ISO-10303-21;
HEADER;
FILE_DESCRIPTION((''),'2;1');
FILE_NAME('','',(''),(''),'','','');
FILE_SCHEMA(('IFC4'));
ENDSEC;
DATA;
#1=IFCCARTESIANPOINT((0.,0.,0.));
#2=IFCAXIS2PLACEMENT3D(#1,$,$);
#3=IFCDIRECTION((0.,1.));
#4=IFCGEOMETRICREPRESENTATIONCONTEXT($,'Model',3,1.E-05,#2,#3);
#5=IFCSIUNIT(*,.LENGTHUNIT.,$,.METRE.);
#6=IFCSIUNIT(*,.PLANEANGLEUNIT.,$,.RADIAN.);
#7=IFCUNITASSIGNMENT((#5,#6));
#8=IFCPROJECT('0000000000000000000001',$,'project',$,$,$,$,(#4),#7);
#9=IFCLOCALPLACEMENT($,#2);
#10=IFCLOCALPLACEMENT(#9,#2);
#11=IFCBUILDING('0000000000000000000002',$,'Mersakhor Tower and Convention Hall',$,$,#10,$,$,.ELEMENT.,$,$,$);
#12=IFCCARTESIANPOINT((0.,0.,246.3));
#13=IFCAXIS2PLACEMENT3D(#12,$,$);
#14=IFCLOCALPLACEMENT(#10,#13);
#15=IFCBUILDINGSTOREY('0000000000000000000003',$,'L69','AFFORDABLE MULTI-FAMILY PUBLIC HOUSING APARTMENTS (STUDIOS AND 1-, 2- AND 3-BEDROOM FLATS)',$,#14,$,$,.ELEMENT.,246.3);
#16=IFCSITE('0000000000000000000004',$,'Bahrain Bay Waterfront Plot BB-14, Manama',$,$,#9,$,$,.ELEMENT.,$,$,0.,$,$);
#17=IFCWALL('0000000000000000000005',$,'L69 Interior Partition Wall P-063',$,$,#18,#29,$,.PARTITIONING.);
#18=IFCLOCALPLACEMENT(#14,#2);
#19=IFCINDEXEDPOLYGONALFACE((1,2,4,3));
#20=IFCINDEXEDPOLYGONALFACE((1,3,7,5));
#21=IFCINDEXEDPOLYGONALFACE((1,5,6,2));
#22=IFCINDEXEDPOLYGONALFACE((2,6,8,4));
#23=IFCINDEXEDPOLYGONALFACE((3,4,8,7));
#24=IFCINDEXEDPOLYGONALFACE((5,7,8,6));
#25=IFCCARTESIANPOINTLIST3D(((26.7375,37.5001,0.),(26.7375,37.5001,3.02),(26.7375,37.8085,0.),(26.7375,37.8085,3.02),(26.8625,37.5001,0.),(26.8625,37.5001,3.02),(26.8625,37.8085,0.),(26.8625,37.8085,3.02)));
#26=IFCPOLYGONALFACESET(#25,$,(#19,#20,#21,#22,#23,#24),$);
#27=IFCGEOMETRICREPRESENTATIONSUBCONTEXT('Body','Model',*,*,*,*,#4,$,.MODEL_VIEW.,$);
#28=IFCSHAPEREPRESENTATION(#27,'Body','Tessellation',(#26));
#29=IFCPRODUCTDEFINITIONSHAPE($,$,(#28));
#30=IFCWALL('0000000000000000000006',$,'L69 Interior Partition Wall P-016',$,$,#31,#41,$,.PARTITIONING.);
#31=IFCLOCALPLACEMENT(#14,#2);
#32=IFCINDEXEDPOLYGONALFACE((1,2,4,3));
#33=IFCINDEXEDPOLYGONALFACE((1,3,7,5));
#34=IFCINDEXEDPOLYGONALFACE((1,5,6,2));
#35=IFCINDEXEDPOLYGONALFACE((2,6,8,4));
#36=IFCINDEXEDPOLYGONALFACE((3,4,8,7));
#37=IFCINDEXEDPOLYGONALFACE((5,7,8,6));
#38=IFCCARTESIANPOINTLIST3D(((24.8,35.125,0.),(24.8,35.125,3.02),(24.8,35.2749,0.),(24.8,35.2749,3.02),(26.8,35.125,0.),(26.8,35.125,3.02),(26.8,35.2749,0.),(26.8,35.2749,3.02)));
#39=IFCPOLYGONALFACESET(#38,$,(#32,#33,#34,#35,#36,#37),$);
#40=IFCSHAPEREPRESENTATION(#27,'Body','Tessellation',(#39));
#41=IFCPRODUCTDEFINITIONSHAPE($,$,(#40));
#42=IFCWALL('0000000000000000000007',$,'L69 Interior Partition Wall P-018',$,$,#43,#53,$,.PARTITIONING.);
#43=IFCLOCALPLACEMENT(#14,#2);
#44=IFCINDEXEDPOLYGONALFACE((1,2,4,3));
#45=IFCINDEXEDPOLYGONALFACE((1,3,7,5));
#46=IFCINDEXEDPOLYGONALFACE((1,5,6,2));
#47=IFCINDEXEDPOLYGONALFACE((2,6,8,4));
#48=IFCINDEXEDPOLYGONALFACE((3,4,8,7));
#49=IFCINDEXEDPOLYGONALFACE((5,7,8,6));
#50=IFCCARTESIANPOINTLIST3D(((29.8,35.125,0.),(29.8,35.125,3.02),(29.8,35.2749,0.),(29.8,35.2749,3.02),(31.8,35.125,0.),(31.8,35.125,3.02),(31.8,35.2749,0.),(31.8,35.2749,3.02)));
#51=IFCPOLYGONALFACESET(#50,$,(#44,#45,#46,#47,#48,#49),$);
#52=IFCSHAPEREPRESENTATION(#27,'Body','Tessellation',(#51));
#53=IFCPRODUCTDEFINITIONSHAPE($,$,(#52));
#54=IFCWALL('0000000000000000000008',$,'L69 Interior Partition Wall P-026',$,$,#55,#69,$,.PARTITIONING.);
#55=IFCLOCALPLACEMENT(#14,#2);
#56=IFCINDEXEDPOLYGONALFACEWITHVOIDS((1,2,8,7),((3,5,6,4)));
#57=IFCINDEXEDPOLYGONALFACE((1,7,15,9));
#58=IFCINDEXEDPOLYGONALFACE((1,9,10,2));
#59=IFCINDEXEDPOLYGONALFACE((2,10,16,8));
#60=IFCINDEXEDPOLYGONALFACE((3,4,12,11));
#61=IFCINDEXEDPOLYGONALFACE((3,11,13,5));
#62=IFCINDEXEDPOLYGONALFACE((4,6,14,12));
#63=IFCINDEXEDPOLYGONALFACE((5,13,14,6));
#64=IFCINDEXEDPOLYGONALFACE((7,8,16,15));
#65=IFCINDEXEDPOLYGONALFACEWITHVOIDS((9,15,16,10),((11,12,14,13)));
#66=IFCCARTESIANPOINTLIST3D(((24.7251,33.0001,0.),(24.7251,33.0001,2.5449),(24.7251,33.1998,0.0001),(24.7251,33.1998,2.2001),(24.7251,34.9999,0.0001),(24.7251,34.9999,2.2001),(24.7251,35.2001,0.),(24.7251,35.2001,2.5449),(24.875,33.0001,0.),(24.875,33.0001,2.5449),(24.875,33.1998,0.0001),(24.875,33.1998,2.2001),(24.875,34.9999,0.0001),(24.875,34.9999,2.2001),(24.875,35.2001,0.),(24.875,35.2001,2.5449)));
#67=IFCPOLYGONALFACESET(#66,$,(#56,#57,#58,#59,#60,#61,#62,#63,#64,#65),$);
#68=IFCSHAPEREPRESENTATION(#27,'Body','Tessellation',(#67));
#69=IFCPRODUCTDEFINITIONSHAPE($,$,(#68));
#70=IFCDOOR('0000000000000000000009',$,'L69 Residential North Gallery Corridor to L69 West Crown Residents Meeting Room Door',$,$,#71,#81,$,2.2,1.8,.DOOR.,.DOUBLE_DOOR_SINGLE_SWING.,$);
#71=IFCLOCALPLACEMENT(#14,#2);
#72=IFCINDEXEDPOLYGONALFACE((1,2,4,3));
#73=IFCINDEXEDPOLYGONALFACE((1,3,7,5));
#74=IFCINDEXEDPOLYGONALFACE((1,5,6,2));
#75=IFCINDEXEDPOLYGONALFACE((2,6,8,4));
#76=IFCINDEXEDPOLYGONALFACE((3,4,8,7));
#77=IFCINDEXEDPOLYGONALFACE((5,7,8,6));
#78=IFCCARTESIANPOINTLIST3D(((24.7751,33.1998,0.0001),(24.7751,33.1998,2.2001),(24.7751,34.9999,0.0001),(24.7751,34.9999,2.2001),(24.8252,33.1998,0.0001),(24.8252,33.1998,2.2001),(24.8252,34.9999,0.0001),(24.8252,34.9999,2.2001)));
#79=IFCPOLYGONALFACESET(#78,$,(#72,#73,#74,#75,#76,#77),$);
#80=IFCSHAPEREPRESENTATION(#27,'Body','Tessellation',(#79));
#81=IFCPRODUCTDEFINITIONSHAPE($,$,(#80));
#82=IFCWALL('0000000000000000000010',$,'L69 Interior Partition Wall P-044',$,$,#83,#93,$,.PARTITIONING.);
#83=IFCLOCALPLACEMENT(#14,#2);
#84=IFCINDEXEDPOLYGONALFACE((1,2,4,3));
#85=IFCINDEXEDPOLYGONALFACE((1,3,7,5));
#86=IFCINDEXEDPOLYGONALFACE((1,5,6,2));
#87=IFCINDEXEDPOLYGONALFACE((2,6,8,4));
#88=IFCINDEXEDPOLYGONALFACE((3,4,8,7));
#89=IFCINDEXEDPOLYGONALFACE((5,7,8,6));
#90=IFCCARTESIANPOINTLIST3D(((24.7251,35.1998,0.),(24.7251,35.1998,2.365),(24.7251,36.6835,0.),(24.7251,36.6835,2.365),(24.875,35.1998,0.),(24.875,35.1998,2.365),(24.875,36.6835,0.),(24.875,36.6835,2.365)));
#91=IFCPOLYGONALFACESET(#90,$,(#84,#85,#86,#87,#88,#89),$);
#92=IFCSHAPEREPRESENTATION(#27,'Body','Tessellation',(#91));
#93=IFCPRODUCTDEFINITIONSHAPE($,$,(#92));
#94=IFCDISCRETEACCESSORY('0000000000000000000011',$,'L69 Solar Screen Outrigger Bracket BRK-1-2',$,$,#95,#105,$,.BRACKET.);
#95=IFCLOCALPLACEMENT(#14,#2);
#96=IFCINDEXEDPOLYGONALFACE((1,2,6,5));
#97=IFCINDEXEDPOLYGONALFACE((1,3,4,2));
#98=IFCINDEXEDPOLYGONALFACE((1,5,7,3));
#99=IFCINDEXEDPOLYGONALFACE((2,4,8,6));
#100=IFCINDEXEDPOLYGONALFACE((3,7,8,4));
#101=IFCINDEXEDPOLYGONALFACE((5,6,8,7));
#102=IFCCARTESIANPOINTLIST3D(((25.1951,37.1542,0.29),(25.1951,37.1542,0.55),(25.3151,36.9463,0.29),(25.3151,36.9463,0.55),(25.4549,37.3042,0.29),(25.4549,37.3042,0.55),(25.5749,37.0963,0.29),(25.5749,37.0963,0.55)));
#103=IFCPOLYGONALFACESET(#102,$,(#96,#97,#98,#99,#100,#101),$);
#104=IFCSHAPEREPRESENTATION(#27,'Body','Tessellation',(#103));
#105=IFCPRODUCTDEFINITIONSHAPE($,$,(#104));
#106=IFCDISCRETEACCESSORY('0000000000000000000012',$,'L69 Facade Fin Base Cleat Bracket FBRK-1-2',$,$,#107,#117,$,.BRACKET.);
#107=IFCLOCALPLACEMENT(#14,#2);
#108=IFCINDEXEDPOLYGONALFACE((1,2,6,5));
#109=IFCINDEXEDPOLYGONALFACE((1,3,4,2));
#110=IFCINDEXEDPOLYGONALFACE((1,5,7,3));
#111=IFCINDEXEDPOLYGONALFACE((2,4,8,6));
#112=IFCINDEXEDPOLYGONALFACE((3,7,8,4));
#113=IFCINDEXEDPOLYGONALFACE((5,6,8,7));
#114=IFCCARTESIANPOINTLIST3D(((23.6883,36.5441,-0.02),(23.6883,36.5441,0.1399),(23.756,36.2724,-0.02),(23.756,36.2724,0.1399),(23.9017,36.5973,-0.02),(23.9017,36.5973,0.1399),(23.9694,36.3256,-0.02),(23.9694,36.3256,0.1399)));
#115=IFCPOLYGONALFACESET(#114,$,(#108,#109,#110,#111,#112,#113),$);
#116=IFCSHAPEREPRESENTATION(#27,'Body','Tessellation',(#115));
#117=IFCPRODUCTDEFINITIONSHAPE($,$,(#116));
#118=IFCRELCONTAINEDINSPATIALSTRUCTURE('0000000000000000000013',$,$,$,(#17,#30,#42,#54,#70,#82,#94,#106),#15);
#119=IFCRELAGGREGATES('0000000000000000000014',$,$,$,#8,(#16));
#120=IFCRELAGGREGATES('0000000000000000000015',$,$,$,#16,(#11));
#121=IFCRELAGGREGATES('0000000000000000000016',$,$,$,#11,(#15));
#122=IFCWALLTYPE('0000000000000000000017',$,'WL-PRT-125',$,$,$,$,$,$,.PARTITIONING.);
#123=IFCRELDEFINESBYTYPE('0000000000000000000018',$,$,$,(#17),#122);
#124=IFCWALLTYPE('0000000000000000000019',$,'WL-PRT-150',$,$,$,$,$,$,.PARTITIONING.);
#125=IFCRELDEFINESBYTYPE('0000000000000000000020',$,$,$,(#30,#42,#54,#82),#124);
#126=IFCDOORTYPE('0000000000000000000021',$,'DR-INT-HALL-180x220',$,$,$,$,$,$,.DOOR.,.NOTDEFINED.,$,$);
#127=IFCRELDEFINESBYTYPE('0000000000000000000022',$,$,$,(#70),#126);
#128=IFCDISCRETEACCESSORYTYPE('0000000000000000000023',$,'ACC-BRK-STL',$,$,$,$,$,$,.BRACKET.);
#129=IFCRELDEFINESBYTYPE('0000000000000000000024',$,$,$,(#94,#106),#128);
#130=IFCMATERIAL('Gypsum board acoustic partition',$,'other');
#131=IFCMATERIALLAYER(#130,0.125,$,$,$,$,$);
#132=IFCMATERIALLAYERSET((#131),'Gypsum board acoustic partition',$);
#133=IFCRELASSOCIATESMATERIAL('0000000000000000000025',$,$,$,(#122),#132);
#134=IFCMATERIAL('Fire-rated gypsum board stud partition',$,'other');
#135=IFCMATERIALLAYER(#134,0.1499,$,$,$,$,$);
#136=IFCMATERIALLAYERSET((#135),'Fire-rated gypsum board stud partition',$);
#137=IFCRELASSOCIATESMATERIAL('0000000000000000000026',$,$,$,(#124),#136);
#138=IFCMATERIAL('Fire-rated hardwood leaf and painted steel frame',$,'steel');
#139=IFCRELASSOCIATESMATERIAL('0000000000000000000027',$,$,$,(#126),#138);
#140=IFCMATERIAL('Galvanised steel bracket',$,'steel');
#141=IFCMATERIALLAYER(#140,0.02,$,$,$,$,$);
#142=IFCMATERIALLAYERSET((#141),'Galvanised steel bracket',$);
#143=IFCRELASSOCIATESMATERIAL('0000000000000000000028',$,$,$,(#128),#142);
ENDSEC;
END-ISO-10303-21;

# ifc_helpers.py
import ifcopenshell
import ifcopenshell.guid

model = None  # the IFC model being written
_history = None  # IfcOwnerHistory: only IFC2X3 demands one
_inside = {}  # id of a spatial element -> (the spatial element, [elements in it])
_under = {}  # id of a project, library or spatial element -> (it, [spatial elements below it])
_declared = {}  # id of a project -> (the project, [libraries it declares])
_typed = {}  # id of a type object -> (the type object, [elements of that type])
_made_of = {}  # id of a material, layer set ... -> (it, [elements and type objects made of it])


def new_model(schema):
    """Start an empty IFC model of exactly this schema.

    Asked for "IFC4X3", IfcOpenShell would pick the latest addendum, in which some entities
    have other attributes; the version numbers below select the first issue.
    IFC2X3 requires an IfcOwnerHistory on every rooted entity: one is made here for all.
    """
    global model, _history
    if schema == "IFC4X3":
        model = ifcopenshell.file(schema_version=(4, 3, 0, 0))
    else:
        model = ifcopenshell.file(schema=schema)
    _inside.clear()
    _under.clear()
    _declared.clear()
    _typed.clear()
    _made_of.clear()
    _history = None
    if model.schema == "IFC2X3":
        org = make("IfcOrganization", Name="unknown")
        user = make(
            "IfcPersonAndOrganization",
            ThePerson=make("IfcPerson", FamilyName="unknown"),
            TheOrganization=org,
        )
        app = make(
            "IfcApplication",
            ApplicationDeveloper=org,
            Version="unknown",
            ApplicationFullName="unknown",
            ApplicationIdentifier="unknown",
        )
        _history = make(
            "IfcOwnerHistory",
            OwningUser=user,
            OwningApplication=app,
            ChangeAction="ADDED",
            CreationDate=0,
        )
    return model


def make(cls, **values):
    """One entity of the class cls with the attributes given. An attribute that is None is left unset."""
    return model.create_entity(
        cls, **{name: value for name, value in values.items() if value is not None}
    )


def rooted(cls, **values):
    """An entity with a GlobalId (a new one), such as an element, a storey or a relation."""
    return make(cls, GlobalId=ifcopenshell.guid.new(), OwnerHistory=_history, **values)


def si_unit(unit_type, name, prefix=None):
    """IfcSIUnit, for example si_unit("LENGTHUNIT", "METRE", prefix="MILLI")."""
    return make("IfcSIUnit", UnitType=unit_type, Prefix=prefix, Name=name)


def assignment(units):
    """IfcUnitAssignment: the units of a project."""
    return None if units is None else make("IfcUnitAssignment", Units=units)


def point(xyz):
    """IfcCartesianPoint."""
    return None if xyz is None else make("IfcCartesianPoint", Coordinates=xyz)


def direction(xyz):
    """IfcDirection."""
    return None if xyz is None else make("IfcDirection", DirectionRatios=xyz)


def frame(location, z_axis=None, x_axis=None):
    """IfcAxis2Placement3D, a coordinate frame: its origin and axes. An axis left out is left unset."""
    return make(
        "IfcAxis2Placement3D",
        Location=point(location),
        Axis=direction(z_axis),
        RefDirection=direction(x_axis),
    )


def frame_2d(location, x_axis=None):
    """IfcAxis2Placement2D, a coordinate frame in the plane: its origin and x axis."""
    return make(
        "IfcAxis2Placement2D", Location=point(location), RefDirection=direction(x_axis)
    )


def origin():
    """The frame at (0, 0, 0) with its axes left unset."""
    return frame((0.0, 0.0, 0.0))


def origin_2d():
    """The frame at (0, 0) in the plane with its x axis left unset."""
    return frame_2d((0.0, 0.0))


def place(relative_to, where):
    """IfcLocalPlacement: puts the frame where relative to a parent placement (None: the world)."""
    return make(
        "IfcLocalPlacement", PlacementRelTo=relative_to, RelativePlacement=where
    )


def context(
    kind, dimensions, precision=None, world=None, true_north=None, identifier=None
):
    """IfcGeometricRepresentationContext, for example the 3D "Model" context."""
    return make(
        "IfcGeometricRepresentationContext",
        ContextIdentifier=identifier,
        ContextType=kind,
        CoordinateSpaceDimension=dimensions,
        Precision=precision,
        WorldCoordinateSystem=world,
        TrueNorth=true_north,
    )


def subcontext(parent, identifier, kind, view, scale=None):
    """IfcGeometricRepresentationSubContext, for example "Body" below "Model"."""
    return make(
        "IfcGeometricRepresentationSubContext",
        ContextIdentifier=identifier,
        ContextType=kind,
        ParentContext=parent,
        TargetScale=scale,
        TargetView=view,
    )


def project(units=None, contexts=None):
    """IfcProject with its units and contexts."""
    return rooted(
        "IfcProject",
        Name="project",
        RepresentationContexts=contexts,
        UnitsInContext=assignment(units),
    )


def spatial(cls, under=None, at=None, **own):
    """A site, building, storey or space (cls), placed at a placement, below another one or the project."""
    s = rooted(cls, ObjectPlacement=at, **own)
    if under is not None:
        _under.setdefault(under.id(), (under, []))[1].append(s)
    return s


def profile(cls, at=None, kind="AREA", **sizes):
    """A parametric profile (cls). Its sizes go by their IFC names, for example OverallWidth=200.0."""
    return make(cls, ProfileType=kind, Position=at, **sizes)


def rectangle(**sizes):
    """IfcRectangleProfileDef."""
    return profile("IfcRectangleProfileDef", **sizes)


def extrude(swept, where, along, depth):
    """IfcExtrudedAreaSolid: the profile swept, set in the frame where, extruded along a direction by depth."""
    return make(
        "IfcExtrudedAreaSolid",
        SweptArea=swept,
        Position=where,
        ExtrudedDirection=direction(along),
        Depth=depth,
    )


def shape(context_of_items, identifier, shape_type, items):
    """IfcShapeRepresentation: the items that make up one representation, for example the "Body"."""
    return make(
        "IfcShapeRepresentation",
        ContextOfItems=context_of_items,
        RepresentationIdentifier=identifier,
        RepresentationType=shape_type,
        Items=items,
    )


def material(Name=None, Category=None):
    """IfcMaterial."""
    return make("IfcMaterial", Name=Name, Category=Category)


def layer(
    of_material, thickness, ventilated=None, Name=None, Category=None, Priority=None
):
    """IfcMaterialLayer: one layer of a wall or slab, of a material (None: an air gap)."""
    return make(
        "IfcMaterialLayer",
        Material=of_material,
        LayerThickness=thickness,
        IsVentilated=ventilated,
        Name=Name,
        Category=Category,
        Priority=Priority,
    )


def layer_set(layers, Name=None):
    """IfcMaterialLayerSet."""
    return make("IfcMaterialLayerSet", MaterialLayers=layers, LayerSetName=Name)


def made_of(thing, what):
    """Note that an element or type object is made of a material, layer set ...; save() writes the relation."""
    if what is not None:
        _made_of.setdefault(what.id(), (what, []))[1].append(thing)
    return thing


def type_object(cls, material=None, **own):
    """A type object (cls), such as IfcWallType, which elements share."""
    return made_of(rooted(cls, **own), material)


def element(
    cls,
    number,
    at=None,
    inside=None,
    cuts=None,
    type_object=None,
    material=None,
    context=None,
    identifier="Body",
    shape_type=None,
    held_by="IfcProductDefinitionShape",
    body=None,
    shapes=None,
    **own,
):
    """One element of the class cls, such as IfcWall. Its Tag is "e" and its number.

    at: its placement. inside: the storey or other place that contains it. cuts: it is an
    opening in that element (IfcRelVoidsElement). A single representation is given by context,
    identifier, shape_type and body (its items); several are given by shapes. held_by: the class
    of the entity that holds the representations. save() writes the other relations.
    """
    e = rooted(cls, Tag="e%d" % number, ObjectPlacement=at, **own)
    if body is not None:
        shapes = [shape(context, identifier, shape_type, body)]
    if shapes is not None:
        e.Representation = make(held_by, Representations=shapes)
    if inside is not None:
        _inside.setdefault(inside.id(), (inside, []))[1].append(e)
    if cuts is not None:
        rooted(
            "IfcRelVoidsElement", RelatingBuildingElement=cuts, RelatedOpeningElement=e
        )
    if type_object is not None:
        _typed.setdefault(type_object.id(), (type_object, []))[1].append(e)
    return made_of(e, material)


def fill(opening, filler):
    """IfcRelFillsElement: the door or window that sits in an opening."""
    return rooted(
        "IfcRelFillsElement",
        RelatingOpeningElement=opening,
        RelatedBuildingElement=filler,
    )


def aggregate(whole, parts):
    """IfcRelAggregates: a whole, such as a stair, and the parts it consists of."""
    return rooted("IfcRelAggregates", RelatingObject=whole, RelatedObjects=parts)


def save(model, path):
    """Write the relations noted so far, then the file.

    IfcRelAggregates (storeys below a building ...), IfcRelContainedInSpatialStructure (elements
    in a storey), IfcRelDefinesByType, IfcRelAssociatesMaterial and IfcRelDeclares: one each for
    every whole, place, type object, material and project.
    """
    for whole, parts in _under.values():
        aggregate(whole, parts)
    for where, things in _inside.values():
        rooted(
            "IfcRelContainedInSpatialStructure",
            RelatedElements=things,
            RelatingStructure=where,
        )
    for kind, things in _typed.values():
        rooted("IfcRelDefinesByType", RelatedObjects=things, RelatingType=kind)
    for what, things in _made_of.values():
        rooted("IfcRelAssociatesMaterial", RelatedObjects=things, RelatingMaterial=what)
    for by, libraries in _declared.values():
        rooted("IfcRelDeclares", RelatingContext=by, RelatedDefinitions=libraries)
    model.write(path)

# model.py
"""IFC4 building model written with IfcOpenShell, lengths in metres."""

from ifc_helpers import new_model, si_unit, direction, frame, frame_2d, origin, origin_2d, place, context, subcontext, project, spatial, rectangle, extrude, material, layer, layer_set, type_object, element, fill, save


model = new_model("IFC4")

# Units and contexts
model_context = context("Model", 3, precision=1e-05, world=origin(), true_north=direction((0.0, 1.0)))
body_context = subcontext(model_context, "Body", "Model", "MODEL_VIEW")
ifc_project = project(units=[si_unit("LENGTHUNIT", "METRE"), si_unit("PLANEANGLEUNIT", "RADIAN")], contexts=[model_context])

# Site, building, storey
site_placement = place(None, origin())
site = spatial("IfcSite", under=ifc_project, at=site_placement, Name="Bahrain Bay Waterfront Plot BB-14, Manama", CompositionType="ELEMENT", RefElevation=0.0)
building_placement = place(site_placement, origin())
building = spatial("IfcBuilding", under=site, at=building_placement, Name="Mersakhor Tower and Convention Hall", CompositionType="ELEMENT")
storey_placement = place(building_placement, frame((0.0, 0.0, 246.3)))
storey = spatial("IfcBuildingStorey", under=building, at=storey_placement, Name="L69", Description="AFFORDABLE MULTI-FAMILY PUBLIC HOUSING APARTMENTS (STUDIOS AND 1-, 2- AND 3-BEDROOM FLATS)", CompositionType="ELEMENT", Elevation=246.3)

# Walls
ifc_material_1 = material(Name="Gypsum board acoustic partition", Category="other")
ifc_layer_1 = layer(ifc_material_1, 0.125)
ifc_layer_set_1 = layer_set([ifc_layer_1], Name="Gypsum board acoustic partition")
wall_type_1 = type_object("IfcWallType", Name="WL-PRT-125", PredefinedType="PARTITIONING", material=ifc_layer_set_1)
wall_1_placement = place(storey_placement, frame((26.8, 37.5, 0.0), z_axis=(0.0, 0.0, 1.0), x_axis=(0.0, 1.0, 0.0)))
element("IfcWall", 1, at=wall_1_placement, inside=storey, type_object=wall_type_1, Name="L69 Interior Partition Wall P-063", PredefinedType="PARTITIONING", context=body_context, shape_type="SweptSolid", body=[
    extrude(rectangle(XDim=0.3083, YDim=0.125, at=frame_2d((0.1543, 0.0))), origin(), (0.0, 0.0, 1.0), 3.02),
])
ifc_material_2 = material(Name="Fire-rated gypsum board stud partition", Category="other")
ifc_layer_2 = layer(ifc_material_2, 0.1499)
ifc_layer_set_2 = layer_set([ifc_layer_2], Name="Fire-rated gypsum board stud partition")
wall_type_2 = type_object("IfcWallType", Name="WL-PRT-150", PredefinedType="PARTITIONING", material=ifc_layer_set_2)
wall_2_placement = place(storey_placement, frame((24.8, 35.2, 0.0), z_axis=(0.0, 0.0, 1.0), x_axis=(1.0, 0.0, 0.0)))
element("IfcWall", 2, at=wall_2_placement, inside=storey, type_object=wall_type_2, Name="L69 Interior Partition Wall P-016", PredefinedType="PARTITIONING", context=body_context, shape_type="SweptSolid", body=[
    extrude(rectangle(XDim=2.0, YDim=0.1499, at=frame_2d((1.0, 0.0))), origin(), (0.0, 0.0, 1.0), 3.02),
])

# Wall
wall_3_placement = place(storey_placement, frame((29.8, 35.2, 0.0), z_axis=(0.0, 0.0, 1.0), x_axis=(1.0, 0.0, 0.0)))
element("IfcWall", 3, at=wall_3_placement, inside=storey, type_object=wall_type_2, Name="L69 Interior Partition Wall P-018", PredefinedType="PARTITIONING", context=body_context, shape_type="SweptSolid", body=[
    extrude(rectangle(XDim=2.0, YDim=0.1499, at=frame_2d((1.0, 0.0))), origin(), (0.0, 0.0, 1.0), 3.02),
])

# Wall, opening, door
wall_4_placement = place(storey_placement, frame((24.8, 33.0, 0.0), z_axis=(0.0, 0.0, 1.0), x_axis=(0.0, 1.0, 0.0)))
wall_4 = element("IfcWall", 4, at=wall_4_placement, inside=storey, type_object=wall_type_2, Name="L69 Interior Partition Wall P-026", PredefinedType="PARTITIONING", context=body_context, shape_type="SweptSolid", body=[
    extrude(rectangle(XDim=2.2, YDim=0.1499, at=frame_2d((1.1001, 0.0))), origin(), (0.0, 0.0, 1.0), 2.5449),
])
opening_1_placement = place(wall_4_placement, frame((0.2, 0.0, 0.0)))
opening_1 = element("IfcOpeningElement", 5, at=opening_1_placement, cuts=wall_4, PredefinedType="OPENING", context=body_context, shape_type="SweptSolid", body=[
    extrude(rectangle(XDim=1.8, YDim=2.2, at=frame_2d((0.8999, 1.1001))), frame((0.0, 0.085, 0.0), z_axis=(0.0, -1.0, 0.0), x_axis=(1.0, 0.0, 0.0)), (0.0, 0.0, 1.0), 0.1699),
])
ifc_material_3 = material(Name="Fire-rated hardwood leaf and painted steel frame", Category="steel")
door_type_1 = type_object("IfcDoorType", Name="DR-INT-HALL-180x220", OperationType="NOTDEFINED", PredefinedType="DOOR", material=ifc_material_3)
door_1_placement = place(opening_1_placement, origin())
door_1 = element("IfcDoor", 6, at=door_1_placement, inside=storey, type_object=door_type_1, Name="L69 Residential North Gallery Corridor to L69 West Crown Residents Meeting Room Door", OperationType="DOUBLE_DOOR_SINGLE_SWING", OverallHeight=2.2, OverallWidth=1.8, PredefinedType="DOOR", context=body_context, shape_type="SweptSolid", body=[
    extrude(rectangle(XDim=1.8, YDim=2.2, at=frame_2d((0.8999, 1.1001))), frame((0.0, 0.0249, 0.0), z_axis=(0.0, -1.0, 0.0), x_axis=(1.0, 0.0, 0.0)), (0.0, 0.0, 1.0), 0.05),
])
fill(opening_1, door_1)

# Wall
wall_5_placement = place(storey_placement, frame((24.8, 35.2, 0.0), z_axis=(0.0, 0.0, 1.0), x_axis=(0.0, 1.0, 0.0)))
element("IfcWall", 7, at=wall_5_placement, inside=storey, type_object=wall_type_2, Name="L69 Interior Partition Wall P-044", PredefinedType="PARTITIONING", context=body_context, shape_type="SweptSolid", body=[
    extrude(rectangle(XDim=1.4836, YDim=0.1499, at=frame_2d((0.7417, 0.0))), origin(), (0.0, 0.0, 1.0), 2.365),
])

# Discrete accessories
ifc_material_4 = material(Name="Galvanised steel bracket", Category="steel")
ifc_layer_3 = layer(ifc_material_4, 0.02)
ifc_layer_set_3 = layer_set([ifc_layer_3], Name="Galvanised steel bracket")
discrete_accessory_type = type_object("IfcDiscreteAccessoryType", Name="ACC-BRK-STL", PredefinedType="BRACKET", material=ifc_layer_set_3)
discrete_accessory_1_placement = place(storey_placement, frame((25.385, 37.1252, 0.29), z_axis=(0.0, 0.0, 1.0), x_axis=(0.866025, 0.5, 0.0)))
element("IfcDiscreteAccessory", 8, at=discrete_accessory_1_placement, inside=storey, type_object=discrete_accessory_type, Name="L69 Solar Screen Outrigger Bracket BRK-1-2", PredefinedType="BRACKET", context=body_context, shape_type="SweptSolid", body=[
    extrude(rectangle(XDim=0.3, YDim=0.24, at=origin_2d()), origin(), (0.0, 0.0, 1.0), 0.26),
])
discrete_accessory_2_placement = place(storey_placement, frame((23.8289, 36.4348, -0.02), z_axis=(0.0, 0.0, 1.0), x_axis=(-0.241922, 0.970296, 0.0)))
element("IfcDiscreteAccessory", 9, at=discrete_accessory_2_placement, inside=storey, type_object=discrete_accessory_type, Name="L69 Facade Fin Base Cleat Bracket FBRK-1-2", PredefinedType="BRACKET", context=body_context, shape_type="SweptSolid", body=[
    extrude(rectangle(XDim=0.28, YDim=0.22, at=origin_2d()), origin(), (0.0, 0.0, 1.0), 0.1599),
])

save(model, "model.ifc")
